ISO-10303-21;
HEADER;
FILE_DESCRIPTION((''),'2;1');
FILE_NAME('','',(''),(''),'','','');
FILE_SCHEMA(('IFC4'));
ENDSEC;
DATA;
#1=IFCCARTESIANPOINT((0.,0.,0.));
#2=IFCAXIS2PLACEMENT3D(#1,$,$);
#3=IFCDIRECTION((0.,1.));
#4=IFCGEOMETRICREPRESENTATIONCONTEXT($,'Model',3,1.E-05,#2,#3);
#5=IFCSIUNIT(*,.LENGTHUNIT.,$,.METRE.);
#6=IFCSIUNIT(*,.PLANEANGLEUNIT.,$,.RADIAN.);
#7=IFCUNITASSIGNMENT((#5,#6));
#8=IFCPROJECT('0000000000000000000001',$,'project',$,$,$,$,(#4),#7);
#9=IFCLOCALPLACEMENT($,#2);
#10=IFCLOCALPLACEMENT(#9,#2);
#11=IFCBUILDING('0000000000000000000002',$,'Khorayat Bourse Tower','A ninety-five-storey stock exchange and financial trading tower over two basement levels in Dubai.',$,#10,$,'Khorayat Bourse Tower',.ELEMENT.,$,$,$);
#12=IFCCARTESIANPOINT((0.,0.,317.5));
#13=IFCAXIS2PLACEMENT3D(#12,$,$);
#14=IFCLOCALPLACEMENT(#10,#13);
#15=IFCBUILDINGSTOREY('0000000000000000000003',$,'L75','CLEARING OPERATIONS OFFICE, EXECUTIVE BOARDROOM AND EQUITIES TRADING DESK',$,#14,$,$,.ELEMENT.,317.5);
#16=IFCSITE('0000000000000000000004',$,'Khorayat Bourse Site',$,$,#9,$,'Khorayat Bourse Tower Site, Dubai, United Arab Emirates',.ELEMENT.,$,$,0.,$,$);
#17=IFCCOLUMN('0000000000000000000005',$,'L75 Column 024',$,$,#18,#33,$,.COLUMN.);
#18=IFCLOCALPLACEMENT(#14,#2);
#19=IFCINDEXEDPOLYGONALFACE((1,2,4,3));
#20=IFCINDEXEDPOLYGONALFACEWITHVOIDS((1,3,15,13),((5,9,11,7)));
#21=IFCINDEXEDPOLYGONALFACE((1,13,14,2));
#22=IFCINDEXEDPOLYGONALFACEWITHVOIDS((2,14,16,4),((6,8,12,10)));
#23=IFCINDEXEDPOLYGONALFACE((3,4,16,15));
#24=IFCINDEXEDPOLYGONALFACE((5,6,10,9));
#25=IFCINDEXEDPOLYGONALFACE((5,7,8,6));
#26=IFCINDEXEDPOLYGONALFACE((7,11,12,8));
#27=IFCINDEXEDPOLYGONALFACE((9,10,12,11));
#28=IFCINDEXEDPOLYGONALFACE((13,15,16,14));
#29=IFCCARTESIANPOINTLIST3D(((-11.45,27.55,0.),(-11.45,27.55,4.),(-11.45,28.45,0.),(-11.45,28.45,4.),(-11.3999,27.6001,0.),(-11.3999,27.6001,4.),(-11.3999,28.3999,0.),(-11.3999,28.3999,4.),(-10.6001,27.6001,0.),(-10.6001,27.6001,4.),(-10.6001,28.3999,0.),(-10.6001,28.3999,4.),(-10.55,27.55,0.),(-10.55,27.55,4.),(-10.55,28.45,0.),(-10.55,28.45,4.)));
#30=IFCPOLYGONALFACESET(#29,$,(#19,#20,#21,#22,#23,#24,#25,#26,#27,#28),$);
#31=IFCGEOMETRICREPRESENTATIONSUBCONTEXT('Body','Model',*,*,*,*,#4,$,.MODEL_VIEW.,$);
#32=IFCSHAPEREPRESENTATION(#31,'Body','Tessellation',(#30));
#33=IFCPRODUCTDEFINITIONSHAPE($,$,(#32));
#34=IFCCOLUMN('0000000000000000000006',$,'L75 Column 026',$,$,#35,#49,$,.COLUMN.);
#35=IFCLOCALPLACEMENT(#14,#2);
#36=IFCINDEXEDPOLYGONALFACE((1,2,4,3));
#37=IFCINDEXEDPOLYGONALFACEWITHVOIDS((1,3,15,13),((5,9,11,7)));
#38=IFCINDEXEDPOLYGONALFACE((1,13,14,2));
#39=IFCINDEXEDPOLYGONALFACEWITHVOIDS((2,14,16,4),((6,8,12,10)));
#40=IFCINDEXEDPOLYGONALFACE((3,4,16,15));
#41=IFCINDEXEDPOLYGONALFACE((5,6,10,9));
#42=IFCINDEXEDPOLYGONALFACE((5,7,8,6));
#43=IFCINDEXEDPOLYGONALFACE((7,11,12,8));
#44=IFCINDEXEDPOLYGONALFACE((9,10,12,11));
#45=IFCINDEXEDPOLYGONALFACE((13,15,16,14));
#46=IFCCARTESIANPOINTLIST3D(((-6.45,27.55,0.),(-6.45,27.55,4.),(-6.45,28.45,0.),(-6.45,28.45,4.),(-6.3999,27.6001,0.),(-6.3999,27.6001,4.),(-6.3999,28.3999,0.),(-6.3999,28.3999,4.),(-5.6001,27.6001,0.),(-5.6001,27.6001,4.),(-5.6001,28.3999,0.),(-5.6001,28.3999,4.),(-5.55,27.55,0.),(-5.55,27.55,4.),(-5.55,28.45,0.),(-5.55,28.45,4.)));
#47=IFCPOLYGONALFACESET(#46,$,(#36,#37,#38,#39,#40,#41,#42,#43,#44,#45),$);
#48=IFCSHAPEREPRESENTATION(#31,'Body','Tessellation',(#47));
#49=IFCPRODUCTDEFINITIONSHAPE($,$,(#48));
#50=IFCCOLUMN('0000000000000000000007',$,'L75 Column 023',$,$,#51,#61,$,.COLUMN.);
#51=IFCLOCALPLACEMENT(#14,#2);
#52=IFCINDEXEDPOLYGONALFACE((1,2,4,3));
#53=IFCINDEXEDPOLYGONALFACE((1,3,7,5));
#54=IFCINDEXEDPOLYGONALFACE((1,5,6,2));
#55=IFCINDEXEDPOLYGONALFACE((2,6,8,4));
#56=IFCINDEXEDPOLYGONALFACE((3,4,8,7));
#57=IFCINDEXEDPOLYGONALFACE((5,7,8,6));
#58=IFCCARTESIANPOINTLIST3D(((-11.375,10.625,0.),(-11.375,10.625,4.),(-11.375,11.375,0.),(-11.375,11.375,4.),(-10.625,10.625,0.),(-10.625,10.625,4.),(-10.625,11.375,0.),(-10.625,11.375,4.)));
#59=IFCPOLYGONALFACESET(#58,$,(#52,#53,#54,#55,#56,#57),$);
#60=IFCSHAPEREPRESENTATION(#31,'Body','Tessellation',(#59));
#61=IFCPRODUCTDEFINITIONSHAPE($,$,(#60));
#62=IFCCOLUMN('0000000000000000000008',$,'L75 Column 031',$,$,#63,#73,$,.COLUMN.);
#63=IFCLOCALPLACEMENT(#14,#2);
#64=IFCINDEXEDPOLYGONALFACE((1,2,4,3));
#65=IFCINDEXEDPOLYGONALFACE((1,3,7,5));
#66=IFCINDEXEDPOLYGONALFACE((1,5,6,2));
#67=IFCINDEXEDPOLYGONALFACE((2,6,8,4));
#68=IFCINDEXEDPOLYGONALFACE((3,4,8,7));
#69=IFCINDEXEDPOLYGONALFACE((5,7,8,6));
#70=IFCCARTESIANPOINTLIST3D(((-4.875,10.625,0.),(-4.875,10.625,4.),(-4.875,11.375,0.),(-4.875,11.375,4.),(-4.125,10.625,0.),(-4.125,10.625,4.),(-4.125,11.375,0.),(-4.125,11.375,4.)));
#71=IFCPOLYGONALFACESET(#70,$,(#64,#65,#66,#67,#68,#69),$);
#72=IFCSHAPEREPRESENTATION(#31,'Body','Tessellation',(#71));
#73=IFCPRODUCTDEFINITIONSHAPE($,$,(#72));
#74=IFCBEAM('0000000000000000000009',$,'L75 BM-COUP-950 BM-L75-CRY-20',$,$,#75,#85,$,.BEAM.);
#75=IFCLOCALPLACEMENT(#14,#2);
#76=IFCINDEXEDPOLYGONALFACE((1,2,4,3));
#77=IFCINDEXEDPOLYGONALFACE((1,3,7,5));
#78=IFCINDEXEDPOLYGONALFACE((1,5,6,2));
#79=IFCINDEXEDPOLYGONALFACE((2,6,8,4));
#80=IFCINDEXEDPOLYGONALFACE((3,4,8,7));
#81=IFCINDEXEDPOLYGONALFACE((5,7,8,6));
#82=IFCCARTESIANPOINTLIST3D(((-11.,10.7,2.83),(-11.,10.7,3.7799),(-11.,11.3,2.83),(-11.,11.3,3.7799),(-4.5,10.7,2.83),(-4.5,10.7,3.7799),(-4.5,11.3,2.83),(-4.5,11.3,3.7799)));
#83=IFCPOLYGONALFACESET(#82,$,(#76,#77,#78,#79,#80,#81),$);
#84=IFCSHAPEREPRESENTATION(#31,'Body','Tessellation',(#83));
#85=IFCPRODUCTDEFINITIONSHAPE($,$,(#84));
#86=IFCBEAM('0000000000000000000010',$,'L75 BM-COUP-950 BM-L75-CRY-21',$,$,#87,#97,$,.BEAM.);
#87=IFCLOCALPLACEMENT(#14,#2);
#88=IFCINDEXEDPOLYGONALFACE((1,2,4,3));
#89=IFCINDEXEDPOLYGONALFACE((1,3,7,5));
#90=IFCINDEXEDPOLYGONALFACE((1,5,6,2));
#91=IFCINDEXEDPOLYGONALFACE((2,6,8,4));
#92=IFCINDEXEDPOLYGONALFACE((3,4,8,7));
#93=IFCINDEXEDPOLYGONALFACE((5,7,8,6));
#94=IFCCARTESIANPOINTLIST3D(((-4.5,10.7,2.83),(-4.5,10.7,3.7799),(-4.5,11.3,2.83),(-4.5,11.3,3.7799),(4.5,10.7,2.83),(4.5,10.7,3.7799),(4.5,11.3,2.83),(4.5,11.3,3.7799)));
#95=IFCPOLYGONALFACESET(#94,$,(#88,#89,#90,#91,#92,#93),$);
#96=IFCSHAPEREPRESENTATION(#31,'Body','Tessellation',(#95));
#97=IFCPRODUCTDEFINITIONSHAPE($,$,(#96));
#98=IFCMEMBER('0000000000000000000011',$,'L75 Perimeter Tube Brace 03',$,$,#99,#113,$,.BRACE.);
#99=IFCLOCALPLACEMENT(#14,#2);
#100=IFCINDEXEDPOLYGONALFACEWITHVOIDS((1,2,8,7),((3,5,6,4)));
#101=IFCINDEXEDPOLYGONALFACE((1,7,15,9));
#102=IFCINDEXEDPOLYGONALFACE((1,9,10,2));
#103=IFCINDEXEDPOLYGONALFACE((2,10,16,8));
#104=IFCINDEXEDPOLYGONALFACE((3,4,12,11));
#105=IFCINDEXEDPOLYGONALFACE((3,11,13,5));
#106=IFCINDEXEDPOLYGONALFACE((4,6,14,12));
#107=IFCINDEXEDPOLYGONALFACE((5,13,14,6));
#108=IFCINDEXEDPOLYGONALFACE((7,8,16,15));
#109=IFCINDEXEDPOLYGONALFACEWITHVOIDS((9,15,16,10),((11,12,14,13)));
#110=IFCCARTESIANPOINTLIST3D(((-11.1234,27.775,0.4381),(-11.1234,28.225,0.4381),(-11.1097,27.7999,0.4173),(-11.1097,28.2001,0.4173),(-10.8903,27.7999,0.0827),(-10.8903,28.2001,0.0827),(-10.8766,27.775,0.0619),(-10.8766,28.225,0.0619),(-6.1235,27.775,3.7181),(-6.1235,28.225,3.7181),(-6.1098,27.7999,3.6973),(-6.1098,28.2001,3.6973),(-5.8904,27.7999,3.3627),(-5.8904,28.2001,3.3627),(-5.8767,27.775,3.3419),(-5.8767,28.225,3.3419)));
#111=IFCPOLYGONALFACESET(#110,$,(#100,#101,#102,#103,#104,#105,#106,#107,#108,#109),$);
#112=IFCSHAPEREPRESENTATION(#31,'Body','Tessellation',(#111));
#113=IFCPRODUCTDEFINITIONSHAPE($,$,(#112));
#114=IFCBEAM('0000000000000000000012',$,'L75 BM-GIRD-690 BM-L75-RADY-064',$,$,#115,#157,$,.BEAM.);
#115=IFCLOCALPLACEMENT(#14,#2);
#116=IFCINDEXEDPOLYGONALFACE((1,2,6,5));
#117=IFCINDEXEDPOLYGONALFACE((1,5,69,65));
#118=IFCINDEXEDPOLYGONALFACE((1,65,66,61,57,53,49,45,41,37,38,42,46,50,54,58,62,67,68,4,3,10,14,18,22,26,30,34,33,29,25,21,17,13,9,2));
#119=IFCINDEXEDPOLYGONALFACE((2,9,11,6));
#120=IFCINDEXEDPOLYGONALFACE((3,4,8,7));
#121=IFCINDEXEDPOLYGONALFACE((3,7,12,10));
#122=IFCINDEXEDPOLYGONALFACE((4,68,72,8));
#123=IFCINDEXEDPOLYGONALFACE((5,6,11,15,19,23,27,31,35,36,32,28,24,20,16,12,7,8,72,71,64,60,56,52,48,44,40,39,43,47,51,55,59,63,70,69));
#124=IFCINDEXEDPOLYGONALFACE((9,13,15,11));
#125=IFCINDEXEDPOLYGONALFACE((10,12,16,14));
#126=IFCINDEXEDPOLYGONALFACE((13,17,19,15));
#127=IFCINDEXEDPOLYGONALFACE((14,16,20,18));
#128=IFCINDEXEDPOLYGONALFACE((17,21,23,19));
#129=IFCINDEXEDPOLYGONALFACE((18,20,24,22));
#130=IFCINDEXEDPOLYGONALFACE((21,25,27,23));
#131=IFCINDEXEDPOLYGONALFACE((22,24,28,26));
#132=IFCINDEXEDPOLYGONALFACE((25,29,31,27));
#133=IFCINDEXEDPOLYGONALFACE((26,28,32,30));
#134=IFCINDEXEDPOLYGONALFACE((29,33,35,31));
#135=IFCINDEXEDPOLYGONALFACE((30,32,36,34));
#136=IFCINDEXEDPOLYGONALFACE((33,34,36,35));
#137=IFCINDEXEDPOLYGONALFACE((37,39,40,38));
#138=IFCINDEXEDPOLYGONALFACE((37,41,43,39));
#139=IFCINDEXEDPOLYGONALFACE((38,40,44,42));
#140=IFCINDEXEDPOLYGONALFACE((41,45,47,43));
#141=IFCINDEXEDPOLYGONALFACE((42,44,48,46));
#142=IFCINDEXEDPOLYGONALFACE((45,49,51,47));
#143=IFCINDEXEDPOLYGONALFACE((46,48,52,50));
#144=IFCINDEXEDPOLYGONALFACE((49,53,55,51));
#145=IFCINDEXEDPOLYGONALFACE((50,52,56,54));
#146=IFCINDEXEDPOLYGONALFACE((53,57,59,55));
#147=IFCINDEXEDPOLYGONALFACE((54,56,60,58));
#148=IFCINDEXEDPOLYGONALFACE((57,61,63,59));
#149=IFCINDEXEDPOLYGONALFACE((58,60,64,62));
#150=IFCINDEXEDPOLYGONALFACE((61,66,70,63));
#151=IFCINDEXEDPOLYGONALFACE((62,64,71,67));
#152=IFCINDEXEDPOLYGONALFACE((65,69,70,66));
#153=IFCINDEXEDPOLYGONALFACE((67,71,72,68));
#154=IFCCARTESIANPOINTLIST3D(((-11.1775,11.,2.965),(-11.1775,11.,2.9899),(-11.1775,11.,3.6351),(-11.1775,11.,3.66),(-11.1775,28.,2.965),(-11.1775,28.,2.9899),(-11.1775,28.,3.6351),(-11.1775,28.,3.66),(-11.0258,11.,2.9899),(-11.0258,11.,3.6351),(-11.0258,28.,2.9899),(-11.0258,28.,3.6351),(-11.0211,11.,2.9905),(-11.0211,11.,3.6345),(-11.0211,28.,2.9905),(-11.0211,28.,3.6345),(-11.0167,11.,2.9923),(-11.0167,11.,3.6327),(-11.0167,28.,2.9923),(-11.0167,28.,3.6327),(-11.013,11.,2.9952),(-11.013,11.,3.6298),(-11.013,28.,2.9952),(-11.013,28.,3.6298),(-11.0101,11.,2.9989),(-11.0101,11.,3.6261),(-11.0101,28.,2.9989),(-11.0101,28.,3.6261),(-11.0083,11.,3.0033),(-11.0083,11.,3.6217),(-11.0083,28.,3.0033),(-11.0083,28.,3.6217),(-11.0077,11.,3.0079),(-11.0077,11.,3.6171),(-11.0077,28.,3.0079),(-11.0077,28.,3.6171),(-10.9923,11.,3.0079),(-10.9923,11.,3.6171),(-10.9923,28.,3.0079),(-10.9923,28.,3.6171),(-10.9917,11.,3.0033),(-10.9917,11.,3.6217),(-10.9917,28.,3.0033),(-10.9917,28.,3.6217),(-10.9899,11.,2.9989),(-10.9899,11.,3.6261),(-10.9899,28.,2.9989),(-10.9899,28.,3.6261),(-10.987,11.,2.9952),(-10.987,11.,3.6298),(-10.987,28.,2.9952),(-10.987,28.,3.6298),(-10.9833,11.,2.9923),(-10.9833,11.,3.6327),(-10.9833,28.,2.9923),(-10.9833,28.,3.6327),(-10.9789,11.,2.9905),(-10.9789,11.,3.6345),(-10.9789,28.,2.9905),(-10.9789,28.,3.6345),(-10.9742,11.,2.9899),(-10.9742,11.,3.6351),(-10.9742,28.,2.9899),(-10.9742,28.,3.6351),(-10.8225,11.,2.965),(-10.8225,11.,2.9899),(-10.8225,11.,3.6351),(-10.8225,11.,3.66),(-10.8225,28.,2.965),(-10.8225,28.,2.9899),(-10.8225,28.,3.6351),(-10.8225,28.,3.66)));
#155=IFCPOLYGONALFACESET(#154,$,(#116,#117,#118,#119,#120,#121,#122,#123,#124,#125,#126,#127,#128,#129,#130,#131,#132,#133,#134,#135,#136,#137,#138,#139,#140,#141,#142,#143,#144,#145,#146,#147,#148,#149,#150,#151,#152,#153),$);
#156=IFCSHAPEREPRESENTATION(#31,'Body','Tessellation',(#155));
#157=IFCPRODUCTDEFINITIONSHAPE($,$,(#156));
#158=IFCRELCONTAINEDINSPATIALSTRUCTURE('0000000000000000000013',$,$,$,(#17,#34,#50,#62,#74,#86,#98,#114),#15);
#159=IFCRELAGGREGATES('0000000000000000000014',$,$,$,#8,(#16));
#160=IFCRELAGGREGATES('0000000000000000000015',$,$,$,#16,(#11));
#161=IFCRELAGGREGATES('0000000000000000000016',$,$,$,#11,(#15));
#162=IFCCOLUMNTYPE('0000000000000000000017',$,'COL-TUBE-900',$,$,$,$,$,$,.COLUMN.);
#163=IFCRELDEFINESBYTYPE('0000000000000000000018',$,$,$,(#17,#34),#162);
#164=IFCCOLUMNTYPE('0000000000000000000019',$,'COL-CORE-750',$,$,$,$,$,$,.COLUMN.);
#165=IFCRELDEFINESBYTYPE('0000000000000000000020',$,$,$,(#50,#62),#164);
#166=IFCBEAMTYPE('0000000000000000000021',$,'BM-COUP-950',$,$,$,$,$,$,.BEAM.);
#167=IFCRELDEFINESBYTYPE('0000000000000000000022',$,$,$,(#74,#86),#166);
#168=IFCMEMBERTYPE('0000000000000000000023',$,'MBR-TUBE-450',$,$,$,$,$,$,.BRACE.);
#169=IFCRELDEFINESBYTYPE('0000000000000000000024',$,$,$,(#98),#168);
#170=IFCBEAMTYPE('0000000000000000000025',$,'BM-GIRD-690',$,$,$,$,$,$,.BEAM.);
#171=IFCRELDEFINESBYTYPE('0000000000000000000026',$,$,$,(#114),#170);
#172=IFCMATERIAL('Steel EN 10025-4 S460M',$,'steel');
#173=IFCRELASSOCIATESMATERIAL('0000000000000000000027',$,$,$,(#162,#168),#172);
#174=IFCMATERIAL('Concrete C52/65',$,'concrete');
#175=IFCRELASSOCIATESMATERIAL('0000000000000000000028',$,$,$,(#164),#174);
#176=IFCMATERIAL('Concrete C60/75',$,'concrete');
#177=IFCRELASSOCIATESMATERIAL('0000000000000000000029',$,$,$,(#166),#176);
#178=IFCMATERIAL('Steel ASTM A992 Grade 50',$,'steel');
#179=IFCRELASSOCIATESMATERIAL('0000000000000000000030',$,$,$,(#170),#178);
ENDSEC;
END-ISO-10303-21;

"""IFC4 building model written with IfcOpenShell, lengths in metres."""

from ifc_helpers import new_model, si_unit, direction, frame, origin, origin_2d, place, context, subcontext, project, spatial, rectangle, hollow_rectangle, i_section, extrude, source, transform, mapped, material, material_profile, profile_set, type_object, element, save


model = new_model("IFC4")

# Units and contexts
model_context = context("Model", 3, precision=1e-05, world=origin(), true_north=direction((0.0, 1.0)))
body_context = subcontext(model_context, "Body", "Model", "MODEL_VIEW")
ifc_project = project(units=[si_unit("LENGTHUNIT", "METRE"), si_unit("PLANEANGLEUNIT", "RADIAN")], contexts=[model_context])

# Site, building, storey
site_placement = place(None, origin())
site = spatial("IfcSite", under=ifc_project, at=site_placement, Name="Khorayat Bourse Site", LongName="Khorayat Bourse Tower Site, Dubai, United Arab Emirates", CompositionType="ELEMENT", RefElevation=0.0)
building_placement = place(site_placement, origin())
building = spatial("IfcBuilding", under=site, at=building_placement, Name="Khorayat Bourse Tower", Description="A ninety-five-storey stock exchange and financial trading tower over two basement levels in Dubai.", LongName="Khorayat Bourse Tower", CompositionType="ELEMENT")
storey_placement = place(building_placement, frame((0.0, 0.0, 317.5)))
storey = spatial("IfcBuildingStorey", under=building, at=storey_placement, Name="L75", Description="CLEARING OPERATIONS OFFICE, EXECUTIVE BOARDROOM AND EQUITIES TRADING DESK", CompositionType="ELEMENT", Elevation=317.5)

# Columns
ifc_material_1 = material(Name="Steel EN 10025-4 S460M", Category="steel")
ifc_material_profile_1 = material_profile(ifc_material_1, hollow_rectangle(XDim=0.8999, YDim=0.8999, WallThickness=0.05, at=origin_2d()), Name="BOX 900x900x50")
ifc_profile_set_1 = profile_set([ifc_material_profile_1], Name="Steel EN 10025-4 S460M")
column_type_1 = type_object("IfcColumnType", Name="COL-TUBE-900", PredefinedType="COLUMN", material=ifc_profile_set_1)
shared_shape_1 = source(origin(), body_context, "Body", "SweptSolid", [
    extrude(hollow_rectangle(XDim=0.8999, YDim=0.8999, WallThickness=0.05, at=origin_2d()), origin(), (0.0, 0.0, 1.0), 4.0),
])
for number, where, z_axis, x_axis, name in (
    (1, (-11.0, 28.0, 0.0), (0.0, 0.0, 1.0), (1.0, 0.0, 0.0), "L75 Column 024"),
    (2, (-6.0, 28.0, 0.0), (0.0, 0.0, 1.0), (1.0, 0.0, 0.0), "L75 Column 026"),
):
    element("IfcColumn", number, at=place(storey_placement, frame(where, z_axis=z_axis, x_axis=x_axis)), inside=storey, type_object=column_type_1, Name=name, PredefinedType="COLUMN", context=body_context, shape_type="MappedRepresentation", body=[
        mapped(shared_shape_1, transform((0.0, 0.0, 0.0), scale=1.0)),
    ])
ifc_material_2 = material(Name="Concrete C52/65", Category="concrete")
ifc_material_profile_2 = material_profile(ifc_material_2, rectangle(XDim=0.75, YDim=0.75, at=origin_2d()), Name="RC 750x750")
ifc_profile_set_2 = profile_set([ifc_material_profile_2], Name="Concrete C52/65")
column_type_2 = type_object("IfcColumnType", Name="COL-CORE-750", PredefinedType="COLUMN", material=ifc_profile_set_2)
shared_shape_2 = source(origin(), body_context, "Body", "SweptSolid", [
    extrude(rectangle(XDim=0.75, YDim=0.75, at=origin_2d()), origin(), (0.0, 0.0, 1.0), 4.0),
])
for number, where, z_axis, x_axis, name in (
    (3, (-11.0, 11.0, 0.0), (0.0, 0.0, 1.0), (1.0, 0.0, 0.0), "L75 Column 023"),
    (4, (-4.5, 11.0, 0.0), (0.0, 0.0, 1.0), (1.0, 0.0, 0.0), "L75 Column 031"),
):
    element("IfcColumn", number, at=place(storey_placement, frame(where, z_axis=z_axis, x_axis=x_axis)), inside=storey, type_object=column_type_2, Name=name, PredefinedType="COLUMN", context=body_context, shape_type="MappedRepresentation", body=[
        mapped(shared_shape_2, transform((0.0, 0.0, 0.0), scale=1.0)),
    ])

# Beams
ifc_material_3 = material(Name="Concrete C60/75", Category="concrete")
ifc_material_profile_3 = material_profile(ifc_material_3, rectangle(XDim=0.6001, YDim=0.95, at=origin_2d()), Name="RC 600x950")
ifc_profile_set_3 = profile_set([ifc_material_profile_3], Name="Concrete C60/75")
beam_type_1 = type_object("IfcBeamType", Name="BM-COUP-950", PredefinedType="BEAM", material=ifc_profile_set_3)
shared_shape_3 = source(origin(), body_context, "Body", "SweptSolid", [
    extrude(rectangle(XDim=0.6001, YDim=0.95, at=origin_2d()), origin(), (0.0, 0.0, 1.0), 6.5),
])
beam_1_placement = place(storey_placement, frame((-11.0, 11.0, 3.3049), z_axis=(1.0, 0.0, 0.0), x_axis=(0.0, 1.0, 0.0)))
element("IfcBeam", 5, at=beam_1_placement, inside=storey, type_object=beam_type_1, Name="L75 BM-COUP-950 BM-L75-CRY-20", PredefinedType="BEAM", context=body_context, shape_type="MappedRepresentation", body=[
    mapped(shared_shape_3, transform((0.0, 0.0, 0.0), scale=1.0)),
])
shared_shape_4 = source(origin(), body_context, "Body", "SweptSolid", [
    extrude(rectangle(XDim=0.6001, YDim=0.95, at=origin_2d()), origin(), (0.0, 0.0, 1.0), 9.0),
])
beam_2_placement = place(storey_placement, frame((-4.5, 11.0, 3.3049), z_axis=(1.0, 0.0, 0.0), x_axis=(0.0, 1.0, 0.0)))
element("IfcBeam", 6, at=beam_2_placement, inside=storey, type_object=beam_type_1, Name="L75 BM-COUP-950 BM-L75-CRY-21", PredefinedType="BEAM", context=body_context, shape_type="MappedRepresentation", body=[
    mapped(shared_shape_4, transform((0.0, 0.0, 0.0), scale=1.0)),
])

# Member
ifc_material_profile_4 = material_profile(ifc_material_1, hollow_rectangle(XDim=0.45, YDim=0.45, WallThickness=0.0249, at=origin_2d()), Name="HSS 450x450x25")
ifc_profile_set_4 = profile_set([ifc_material_profile_4], Name="Steel EN 10025-4 S460M")
member_type_1 = type_object("IfcMemberType", Name="MBR-TUBE-450", PredefinedType="BRACE", material=ifc_profile_set_4)
shared_shape_5 = source(origin(), body_context, "Body", "SweptSolid", [
    extrude(hollow_rectangle(XDim=0.45, YDim=0.45, WallThickness=0.0249, at=origin_2d()), origin(), (0.0, 0.0, 1.0), 5.9797),
])
member_1_placement = place(storey_placement, frame((-11.0, 28.0, 0.25), z_axis=(0.836142, 0.0, 0.548514), x_axis=(0.0, 1.0, 0.0)))
element("IfcMember", 7, at=member_1_placement, inside=storey, type_object=member_type_1, Name="L75 Perimeter Tube Brace 03", PredefinedType="BRACE", context=body_context, shape_type="MappedRepresentation", body=[
    mapped(shared_shape_5, transform((0.0, 0.0, 0.0), scale=1.0)),
])

# Beam
ifc_material_4 = material(Name="Steel ASTM A992 Grade 50", Category="steel")
ifc_material_profile_5 = material_profile(ifc_material_4, i_section(OverallWidth=0.355, OverallDepth=0.6951, WebThickness=0.0154, FlangeThickness=0.0249, FilletRadius=0.0181, at=origin_2d()), Name="W690X217")
ifc_profile_set_5 = profile_set([ifc_material_profile_5], Name="Steel ASTM A992 Grade 50")
beam_type_2 = type_object("IfcBeamType", Name="BM-GIRD-690", PredefinedType="BEAM", material=ifc_profile_set_5)
shared_shape_6 = source(origin(), body_context, "Body", "SweptSolid", [
    extrude(i_section(OverallWidth=0.355, OverallDepth=0.6951, WebThickness=0.0154, FlangeThickness=0.0249, FilletRadius=0.0181, at=origin_2d()), origin(), (0.0, 0.0, 1.0), 17.0),
])
for number, where, z_axis, x_axis, name in (
    (8, (-11.0, 11.0, 3.3125), (0.0, 1.0, 0.0), (-1.0, 0.0, 0.0), "L75 BM-GIRD-690 BM-L75-RADY-064"),
):
    element("IfcBeam", number, at=place(storey_placement, frame(where, z_axis=z_axis, x_axis=x_axis)), inside=storey, type_object=beam_type_2, Name=name, PredefinedType="BEAM", context=body_context, shape_type="MappedRepresentation", body=[
        mapped(shared_shape_6, transform((0.0, 0.0, 0.0), scale=1.0)),
    ])

save(model, "model.ifc")
